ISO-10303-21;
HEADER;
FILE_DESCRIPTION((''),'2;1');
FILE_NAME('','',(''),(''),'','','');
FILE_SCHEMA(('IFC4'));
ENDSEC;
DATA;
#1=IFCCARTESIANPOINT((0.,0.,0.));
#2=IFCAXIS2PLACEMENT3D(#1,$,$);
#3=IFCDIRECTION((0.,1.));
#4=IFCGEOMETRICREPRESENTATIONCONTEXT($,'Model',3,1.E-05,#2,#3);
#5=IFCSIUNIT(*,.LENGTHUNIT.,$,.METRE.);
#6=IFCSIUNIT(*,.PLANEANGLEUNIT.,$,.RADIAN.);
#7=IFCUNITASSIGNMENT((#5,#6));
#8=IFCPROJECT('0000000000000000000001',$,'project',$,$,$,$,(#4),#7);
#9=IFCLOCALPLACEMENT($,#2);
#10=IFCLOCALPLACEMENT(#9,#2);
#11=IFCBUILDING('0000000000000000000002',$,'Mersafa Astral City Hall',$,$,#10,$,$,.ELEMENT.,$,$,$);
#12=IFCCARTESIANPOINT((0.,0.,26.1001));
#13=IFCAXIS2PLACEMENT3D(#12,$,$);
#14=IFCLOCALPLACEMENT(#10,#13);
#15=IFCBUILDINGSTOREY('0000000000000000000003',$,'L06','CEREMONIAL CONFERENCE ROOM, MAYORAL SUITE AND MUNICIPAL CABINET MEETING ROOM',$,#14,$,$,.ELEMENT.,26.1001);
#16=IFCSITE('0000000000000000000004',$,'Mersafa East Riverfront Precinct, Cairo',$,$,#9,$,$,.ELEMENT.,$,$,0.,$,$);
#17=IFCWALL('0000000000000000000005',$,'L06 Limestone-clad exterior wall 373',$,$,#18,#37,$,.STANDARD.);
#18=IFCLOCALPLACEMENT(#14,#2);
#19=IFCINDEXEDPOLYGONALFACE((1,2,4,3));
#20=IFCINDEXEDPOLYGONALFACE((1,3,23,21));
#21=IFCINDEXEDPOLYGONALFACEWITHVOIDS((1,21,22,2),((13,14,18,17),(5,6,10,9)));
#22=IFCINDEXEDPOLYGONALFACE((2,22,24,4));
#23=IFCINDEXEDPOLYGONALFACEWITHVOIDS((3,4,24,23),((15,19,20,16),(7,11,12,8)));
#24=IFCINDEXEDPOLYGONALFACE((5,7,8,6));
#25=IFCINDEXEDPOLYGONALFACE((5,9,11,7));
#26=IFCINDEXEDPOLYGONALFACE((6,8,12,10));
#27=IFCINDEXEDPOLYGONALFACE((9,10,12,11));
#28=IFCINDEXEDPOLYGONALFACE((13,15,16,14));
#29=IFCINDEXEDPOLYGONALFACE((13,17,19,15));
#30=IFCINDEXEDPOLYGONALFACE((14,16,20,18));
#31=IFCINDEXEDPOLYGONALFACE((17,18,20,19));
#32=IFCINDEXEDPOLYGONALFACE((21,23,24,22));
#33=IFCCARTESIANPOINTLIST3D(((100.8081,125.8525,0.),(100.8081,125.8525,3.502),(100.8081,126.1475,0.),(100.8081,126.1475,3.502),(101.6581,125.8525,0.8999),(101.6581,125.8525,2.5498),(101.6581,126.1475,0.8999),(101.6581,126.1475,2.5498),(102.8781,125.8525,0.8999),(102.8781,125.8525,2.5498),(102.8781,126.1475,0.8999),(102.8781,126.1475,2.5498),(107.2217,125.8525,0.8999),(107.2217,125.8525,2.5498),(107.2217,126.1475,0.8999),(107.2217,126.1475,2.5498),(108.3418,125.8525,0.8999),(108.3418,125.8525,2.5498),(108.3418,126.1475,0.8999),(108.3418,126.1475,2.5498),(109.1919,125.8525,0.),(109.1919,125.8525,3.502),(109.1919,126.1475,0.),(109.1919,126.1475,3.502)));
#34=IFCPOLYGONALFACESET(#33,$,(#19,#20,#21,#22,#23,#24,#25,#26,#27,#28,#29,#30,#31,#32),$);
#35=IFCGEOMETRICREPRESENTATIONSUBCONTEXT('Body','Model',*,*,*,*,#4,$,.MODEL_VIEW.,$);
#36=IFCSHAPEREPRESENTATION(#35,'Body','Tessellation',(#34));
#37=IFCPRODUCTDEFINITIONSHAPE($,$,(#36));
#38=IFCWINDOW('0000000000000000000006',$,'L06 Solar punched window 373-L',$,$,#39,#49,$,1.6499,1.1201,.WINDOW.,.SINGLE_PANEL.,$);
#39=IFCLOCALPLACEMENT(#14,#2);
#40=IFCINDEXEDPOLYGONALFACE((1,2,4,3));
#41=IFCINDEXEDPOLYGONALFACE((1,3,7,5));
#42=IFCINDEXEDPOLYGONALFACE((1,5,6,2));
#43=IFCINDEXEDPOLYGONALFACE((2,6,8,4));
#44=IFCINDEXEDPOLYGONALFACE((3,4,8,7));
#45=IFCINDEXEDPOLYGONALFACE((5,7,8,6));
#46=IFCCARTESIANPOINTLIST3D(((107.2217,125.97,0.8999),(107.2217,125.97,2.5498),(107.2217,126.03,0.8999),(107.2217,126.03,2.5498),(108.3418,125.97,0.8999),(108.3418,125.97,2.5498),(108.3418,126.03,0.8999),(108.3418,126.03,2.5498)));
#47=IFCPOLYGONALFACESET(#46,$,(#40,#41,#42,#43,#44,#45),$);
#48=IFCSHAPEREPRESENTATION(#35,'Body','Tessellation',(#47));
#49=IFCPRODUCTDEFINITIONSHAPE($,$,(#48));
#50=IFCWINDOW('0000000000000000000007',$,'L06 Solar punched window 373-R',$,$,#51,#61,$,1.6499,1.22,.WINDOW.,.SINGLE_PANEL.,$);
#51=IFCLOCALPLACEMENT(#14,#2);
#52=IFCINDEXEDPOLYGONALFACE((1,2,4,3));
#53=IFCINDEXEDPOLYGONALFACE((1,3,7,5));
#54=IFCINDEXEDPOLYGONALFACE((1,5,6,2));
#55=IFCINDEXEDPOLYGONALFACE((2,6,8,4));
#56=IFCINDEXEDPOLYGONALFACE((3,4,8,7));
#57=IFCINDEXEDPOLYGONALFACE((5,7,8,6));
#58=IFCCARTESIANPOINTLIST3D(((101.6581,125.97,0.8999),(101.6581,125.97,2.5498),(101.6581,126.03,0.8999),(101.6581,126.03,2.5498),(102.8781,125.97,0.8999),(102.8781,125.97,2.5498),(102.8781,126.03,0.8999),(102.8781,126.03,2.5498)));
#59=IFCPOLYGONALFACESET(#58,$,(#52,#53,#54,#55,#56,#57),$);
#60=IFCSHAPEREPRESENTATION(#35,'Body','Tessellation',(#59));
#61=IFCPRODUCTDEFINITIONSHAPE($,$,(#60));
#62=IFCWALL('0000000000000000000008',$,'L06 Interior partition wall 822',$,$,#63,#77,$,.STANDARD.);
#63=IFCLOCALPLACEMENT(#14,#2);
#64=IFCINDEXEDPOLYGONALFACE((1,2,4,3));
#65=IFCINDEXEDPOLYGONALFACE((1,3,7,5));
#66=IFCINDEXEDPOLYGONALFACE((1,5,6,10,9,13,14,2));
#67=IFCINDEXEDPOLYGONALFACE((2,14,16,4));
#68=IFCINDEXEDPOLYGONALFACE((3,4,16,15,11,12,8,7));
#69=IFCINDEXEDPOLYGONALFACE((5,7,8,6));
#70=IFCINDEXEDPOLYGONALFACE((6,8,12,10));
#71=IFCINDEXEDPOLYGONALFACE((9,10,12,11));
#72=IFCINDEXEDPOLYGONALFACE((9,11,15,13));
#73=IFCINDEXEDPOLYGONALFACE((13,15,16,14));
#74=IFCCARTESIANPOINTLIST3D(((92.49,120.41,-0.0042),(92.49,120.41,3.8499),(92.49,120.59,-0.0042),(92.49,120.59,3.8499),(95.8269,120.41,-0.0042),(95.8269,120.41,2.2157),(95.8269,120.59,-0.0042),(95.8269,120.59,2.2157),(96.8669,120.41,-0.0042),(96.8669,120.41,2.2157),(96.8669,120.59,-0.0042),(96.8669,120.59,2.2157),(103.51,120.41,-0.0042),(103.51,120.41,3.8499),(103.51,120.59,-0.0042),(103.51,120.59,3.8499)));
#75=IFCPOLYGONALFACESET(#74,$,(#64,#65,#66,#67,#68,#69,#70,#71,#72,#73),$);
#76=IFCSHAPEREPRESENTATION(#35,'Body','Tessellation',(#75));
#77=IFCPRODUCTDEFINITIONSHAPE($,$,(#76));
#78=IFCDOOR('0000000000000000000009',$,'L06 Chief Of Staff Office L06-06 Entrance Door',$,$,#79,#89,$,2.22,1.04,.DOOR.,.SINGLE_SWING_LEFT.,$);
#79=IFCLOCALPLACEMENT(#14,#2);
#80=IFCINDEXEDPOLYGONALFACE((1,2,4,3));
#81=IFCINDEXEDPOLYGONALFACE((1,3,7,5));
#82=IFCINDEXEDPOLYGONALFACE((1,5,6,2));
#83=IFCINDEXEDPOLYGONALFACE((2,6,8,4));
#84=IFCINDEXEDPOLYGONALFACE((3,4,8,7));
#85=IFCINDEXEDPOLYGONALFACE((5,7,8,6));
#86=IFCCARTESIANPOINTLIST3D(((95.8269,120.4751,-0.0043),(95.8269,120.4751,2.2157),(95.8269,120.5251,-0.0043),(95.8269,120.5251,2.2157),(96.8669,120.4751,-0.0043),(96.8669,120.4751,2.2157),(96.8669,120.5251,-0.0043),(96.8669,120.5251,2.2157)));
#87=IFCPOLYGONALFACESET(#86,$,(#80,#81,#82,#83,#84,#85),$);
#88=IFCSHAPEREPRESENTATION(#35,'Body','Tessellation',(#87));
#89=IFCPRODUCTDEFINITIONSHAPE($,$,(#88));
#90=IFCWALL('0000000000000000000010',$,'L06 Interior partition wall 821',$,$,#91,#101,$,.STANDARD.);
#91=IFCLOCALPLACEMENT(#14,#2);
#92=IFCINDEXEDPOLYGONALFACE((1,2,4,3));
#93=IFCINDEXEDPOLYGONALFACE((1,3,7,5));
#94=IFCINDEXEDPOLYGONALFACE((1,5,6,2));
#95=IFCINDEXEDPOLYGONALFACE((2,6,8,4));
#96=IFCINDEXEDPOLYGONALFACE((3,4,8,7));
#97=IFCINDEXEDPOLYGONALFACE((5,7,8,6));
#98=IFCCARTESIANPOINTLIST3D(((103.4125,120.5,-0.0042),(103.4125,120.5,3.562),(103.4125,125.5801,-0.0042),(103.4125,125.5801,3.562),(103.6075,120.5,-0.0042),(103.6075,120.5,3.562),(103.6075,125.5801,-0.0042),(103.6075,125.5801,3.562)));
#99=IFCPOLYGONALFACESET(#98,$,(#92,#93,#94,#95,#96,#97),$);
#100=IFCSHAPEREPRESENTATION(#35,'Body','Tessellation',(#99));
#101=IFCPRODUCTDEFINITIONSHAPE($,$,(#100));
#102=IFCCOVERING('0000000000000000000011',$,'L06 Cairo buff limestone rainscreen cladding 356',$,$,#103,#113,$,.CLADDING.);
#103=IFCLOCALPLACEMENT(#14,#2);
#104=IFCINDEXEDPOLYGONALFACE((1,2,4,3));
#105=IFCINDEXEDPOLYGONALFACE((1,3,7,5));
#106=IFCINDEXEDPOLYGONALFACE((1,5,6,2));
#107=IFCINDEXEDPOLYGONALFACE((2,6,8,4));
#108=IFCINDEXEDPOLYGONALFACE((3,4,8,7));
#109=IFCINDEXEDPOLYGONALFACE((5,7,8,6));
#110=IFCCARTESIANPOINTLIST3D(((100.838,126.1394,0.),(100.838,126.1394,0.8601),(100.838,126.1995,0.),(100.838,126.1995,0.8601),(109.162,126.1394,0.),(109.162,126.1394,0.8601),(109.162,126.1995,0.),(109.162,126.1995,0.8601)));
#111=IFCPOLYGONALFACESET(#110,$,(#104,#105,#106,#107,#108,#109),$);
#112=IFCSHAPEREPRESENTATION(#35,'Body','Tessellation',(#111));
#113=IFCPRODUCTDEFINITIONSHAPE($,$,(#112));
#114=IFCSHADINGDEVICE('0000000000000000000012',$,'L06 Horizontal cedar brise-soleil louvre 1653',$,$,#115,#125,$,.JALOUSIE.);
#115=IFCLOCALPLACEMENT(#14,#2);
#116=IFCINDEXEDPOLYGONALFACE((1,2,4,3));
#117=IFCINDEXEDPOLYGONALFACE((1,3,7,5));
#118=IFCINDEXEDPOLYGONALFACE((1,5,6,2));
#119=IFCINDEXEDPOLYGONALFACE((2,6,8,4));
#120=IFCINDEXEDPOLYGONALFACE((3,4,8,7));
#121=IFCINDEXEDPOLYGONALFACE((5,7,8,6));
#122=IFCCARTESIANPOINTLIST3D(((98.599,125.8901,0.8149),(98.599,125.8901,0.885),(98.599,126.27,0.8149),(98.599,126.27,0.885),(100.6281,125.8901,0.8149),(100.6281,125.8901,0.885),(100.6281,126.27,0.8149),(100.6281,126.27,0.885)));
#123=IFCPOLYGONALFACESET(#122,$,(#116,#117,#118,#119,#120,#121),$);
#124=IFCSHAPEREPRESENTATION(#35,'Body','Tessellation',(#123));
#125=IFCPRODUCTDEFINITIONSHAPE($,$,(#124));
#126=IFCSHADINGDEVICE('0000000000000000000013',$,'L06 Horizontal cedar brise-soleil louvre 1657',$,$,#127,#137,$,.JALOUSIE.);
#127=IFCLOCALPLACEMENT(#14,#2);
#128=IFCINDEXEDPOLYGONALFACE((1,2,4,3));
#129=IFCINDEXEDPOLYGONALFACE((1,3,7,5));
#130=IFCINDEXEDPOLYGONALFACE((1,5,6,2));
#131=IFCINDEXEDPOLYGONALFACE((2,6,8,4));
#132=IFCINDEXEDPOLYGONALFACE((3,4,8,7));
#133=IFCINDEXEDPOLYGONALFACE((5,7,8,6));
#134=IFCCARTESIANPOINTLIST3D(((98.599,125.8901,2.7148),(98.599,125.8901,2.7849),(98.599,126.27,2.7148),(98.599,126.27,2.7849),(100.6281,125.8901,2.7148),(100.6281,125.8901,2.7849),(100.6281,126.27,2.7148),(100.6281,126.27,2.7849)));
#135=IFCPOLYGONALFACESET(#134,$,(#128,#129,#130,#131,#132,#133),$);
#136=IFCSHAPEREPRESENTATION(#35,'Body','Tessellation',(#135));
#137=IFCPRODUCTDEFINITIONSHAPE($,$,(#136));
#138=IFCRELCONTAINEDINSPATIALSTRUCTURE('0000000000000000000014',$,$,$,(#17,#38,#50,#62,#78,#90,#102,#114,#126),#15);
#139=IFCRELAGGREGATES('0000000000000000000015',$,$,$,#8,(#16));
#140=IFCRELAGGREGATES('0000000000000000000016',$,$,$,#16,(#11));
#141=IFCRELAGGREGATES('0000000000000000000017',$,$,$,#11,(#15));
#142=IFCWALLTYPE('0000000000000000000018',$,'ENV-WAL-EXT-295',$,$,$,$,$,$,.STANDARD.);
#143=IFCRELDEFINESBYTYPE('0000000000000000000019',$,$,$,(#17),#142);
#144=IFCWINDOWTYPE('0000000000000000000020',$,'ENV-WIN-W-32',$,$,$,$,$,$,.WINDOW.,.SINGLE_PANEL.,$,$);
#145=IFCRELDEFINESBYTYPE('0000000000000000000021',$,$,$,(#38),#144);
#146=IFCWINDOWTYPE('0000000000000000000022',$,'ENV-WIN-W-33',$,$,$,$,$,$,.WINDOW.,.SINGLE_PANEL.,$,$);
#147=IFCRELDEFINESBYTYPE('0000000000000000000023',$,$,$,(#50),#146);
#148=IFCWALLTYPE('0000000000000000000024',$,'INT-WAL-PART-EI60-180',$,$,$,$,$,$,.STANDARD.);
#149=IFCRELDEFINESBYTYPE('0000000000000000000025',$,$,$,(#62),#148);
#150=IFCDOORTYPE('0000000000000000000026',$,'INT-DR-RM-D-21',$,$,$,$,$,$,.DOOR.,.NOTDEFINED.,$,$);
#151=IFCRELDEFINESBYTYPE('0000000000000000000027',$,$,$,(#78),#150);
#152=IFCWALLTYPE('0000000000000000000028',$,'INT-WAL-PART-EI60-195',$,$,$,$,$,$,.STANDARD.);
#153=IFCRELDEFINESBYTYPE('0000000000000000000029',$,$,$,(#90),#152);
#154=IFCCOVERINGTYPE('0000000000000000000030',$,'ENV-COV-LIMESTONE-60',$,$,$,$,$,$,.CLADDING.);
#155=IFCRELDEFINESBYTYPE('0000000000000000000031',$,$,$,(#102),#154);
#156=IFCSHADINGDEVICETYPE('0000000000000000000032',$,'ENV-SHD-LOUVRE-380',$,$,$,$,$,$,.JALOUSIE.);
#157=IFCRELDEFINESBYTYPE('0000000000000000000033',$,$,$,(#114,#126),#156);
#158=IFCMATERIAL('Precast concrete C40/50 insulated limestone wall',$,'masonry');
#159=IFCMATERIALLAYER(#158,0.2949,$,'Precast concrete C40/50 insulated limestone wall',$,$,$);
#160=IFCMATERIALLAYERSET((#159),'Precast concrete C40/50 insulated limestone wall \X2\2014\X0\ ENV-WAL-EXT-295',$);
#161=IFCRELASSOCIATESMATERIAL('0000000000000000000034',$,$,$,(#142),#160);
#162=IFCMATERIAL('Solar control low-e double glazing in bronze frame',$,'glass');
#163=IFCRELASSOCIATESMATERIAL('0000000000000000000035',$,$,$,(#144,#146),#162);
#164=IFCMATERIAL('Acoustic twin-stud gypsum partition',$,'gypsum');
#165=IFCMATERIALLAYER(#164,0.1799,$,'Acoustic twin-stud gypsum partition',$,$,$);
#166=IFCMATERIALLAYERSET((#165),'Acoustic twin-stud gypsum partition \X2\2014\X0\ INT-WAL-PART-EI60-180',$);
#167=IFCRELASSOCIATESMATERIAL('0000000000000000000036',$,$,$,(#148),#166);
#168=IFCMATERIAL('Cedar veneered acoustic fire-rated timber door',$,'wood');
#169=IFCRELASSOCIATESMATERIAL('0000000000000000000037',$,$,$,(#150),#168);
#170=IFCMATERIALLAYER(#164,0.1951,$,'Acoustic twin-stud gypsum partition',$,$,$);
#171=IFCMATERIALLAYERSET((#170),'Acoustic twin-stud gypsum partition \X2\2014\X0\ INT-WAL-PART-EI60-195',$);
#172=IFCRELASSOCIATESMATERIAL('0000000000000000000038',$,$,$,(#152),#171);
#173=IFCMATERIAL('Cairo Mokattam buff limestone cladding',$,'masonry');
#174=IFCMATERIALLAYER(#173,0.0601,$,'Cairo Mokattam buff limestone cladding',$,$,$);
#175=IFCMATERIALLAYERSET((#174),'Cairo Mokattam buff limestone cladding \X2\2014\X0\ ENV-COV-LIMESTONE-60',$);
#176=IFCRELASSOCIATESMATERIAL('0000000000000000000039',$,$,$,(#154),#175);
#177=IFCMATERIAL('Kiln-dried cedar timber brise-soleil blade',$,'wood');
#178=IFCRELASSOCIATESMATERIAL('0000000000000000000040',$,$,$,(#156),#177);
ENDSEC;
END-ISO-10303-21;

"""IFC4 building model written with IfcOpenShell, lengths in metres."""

from ifc_helpers import new_model, si_unit, direction, frame, frame_2d, origin, origin_2d, place, context, subcontext, project, spatial, rectangle, extrude, material, layer, layer_set, type_object, element, fill, save


model = new_model("IFC4")

# Units and contexts
model_context = context("Model", 3, precision=1e-05, world=origin(), true_north=direction((0.0, 1.0)))
body_context = subcontext(model_context, "Body", "Model", "MODEL_VIEW")
ifc_project = project(units=[si_unit("LENGTHUNIT", "METRE"), si_unit("PLANEANGLEUNIT", "RADIAN")], contexts=[model_context])

# Site, building, storey
site_placement = place(None, origin())
site = spatial("IfcSite", under=ifc_project, at=site_placement, Name="Mersafa East Riverfront Precinct, Cairo", CompositionType="ELEMENT", RefElevation=0.0)
building_placement = place(site_placement, origin())
building = spatial("IfcBuilding", under=site, at=building_placement, Name="Mersafa Astral City Hall", CompositionType="ELEMENT")
storey_placement = place(building_placement, frame((0.0, 0.0, 26.1001)))
storey = spatial("IfcBuildingStorey", under=building, at=storey_placement, Name="L06", Description="CEREMONIAL CONFERENCE ROOM, MAYORAL SUITE AND MUNICIPAL CABINET MEETING ROOM", CompositionType="ELEMENT", Elevation=26.1001)

# Wall, openings, windows
ifc_material_1 = material(Name="Precast concrete C40/50 insulated limestone wall", Category="masonry")
ifc_layer_1 = layer(ifc_material_1, 0.2949, Name="Precast concrete C40/50 insulated limestone wall")
ifc_layer_set_1 = layer_set([ifc_layer_1], Name="Precast concrete C40/50 insulated limestone wall — ENV-WAL-EXT-295")
wall_type_1 = type_object("IfcWallType", Name="ENV-WAL-EXT-295", PredefinedType="STANDARD", material=ifc_layer_set_1)
wall_1_placement = place(storey_placement, frame((109.1919, 126.0, 0.0), z_axis=(0.0, 0.0, 1.0), x_axis=(-1.0, 0.0, 0.0)))
wall_1 = element("IfcWall", 1, at=wall_1_placement, inside=storey, type_object=wall_type_1, Name="L06 Limestone-clad exterior wall 373", PredefinedType="STANDARD", context=body_context, shape_type="SweptSolid", body=[
    extrude(rectangle(XDim=8.3838, YDim=0.2949, at=frame_2d((4.1919, 0.0))), origin(), (0.0, 0.0, 1.0), 3.502),
])
opening_1_placement = place(wall_1_placement, frame((0.8501, 0.0, 0.8999)))
opening_1 = element("IfcOpeningElement", 2, at=opening_1_placement, cuts=wall_1, PredefinedType="OPENING", context=body_context, shape_type="SweptSolid", body=[
    extrude(rectangle(XDim=1.1201, YDim=1.6499, at=frame_2d((0.5601, 0.825))), frame((0.0, 0.1575, 0.0), z_axis=(0.0, -1.0, 0.0), x_axis=(1.0, 0.0, 0.0)), (0.0, 0.0, 1.0), 0.3149),
])
opening_2_placement = place(wall_1_placement, frame((6.314, 0.0, 0.8999)))
opening_2 = element("IfcOpeningElement", 3, at=opening_2_placement, cuts=wall_1, PredefinedType="OPENING", context=body_context, shape_type="SweptSolid", body=[
    extrude(rectangle(XDim=1.22, YDim=1.6499, at=frame_2d((0.6099, 0.825))), frame((0.0, 0.1575, 0.0), z_axis=(0.0, -1.0, 0.0), x_axis=(1.0, 0.0, 0.0)), (0.0, 0.0, 1.0), 0.3149),
])
ifc_material_2 = material(Name="Solar control low-e double glazing in bronze frame", Category="glass")
window_type_1 = type_object("IfcWindowType", Name="ENV-WIN-W-32", PartitioningType="SINGLE_PANEL", PredefinedType="WINDOW", material=ifc_material_2)
window_1_placement = place(opening_1_placement, origin())
window_1 = element("IfcWindow", 4, at=window_1_placement, inside=storey, type_object=window_type_1, Name="L06 Solar punched window 373-L", OverallHeight=1.6499, OverallWidth=1.1201, PartitioningType="SINGLE_PANEL", PredefinedType="WINDOW", context=body_context, shape_type="SweptSolid", body=[
    extrude(rectangle(XDim=1.1201, YDim=1.6499, at=frame_2d((0.5601, 0.825))), frame((0.0, 0.03, 0.0), z_axis=(0.0, -1.0, 0.0), x_axis=(1.0, 0.0, 0.0)), (0.0, 0.0, 1.0), 0.0601),
])
fill(opening_1, window_1)
window_type_2 = type_object("IfcWindowType", Name="ENV-WIN-W-33", PartitioningType="SINGLE_PANEL", PredefinedType="WINDOW", material=ifc_material_2)
window_2_placement = place(opening_2_placement, origin())
window_2 = element("IfcWindow", 5, at=window_2_placement, inside=storey, type_object=window_type_2, Name="L06 Solar punched window 373-R", OverallHeight=1.6499, OverallWidth=1.22, PartitioningType="SINGLE_PANEL", PredefinedType="WINDOW", context=body_context, shape_type="SweptSolid", body=[
    extrude(rectangle(XDim=1.22, YDim=1.6499, at=frame_2d((0.6099, 0.825))), frame((0.0, 0.03, 0.0), z_axis=(0.0, -1.0, 0.0), x_axis=(1.0, 0.0, 0.0)), (0.0, 0.0, 1.0), 0.0601),
])
fill(opening_2, window_2)

# Wall, opening, door
ifc_material_3 = material(Name="Acoustic twin-stud gypsum partition", Category="gypsum")
ifc_layer_2 = layer(ifc_material_3, 0.1799, Name="Acoustic twin-stud gypsum partition")
ifc_layer_set_2 = layer_set([ifc_layer_2], Name="Acoustic twin-stud gypsum partition — INT-WAL-PART-EI60-180")
wall_type_2 = type_object("IfcWallType", Name="INT-WAL-PART-EI60-180", PredefinedType="STANDARD", material=ifc_layer_set_2)
wall_2_placement = place(storey_placement, frame((103.51, 120.5, -0.0042), z_axis=(0.0, 0.0, 1.0), x_axis=(-1.0, 0.0, 0.0)))
wall_2 = element("IfcWall", 6, at=wall_2_placement, inside=storey, type_object=wall_type_2, Name="L06 Interior partition wall 822", PredefinedType="STANDARD", context=body_context, shape_type="SweptSolid", body=[
    extrude(rectangle(XDim=11.02, YDim=0.1799, at=frame_2d((5.51, 0.0))), origin(), (0.0, 0.0, 1.0), 3.854),
])
opening_3_placement = place(wall_2_placement, frame((6.6431, 0.0, 0.0)))
opening_3 = element("IfcOpeningElement", 7, at=opening_3_placement, cuts=wall_2, PredefinedType="OPENING", context=body_context, shape_type="SweptSolid", body=[
    extrude(rectangle(XDim=1.04, YDim=2.22, at=frame_2d((0.52, 1.1099))), frame((0.0, 0.0999, 0.0), z_axis=(0.0, -1.0, 0.0), x_axis=(1.0, 0.0, 0.0)), (0.0, 0.0, 1.0), 0.2),
])
ifc_material_4 = material(Name="Cedar veneered acoustic fire-rated timber door", Category="wood")
door_type = type_object("IfcDoorType", Name="INT-DR-RM-D-21", OperationType="NOTDEFINED", PredefinedType="DOOR", material=ifc_material_4)
door_placement = place(opening_3_placement, origin())
door = element("IfcDoor", 8, at=door_placement, inside=storey, type_object=door_type, Name="L06 Chief Of Staff Office L06-06 Entrance Door", OperationType="SINGLE_SWING_LEFT", OverallHeight=2.22, OverallWidth=1.04, PredefinedType="DOOR", context=body_context, shape_type="SweptSolid", body=[
    extrude(rectangle(XDim=1.04, YDim=2.22, at=frame_2d((0.52, 1.1099))), frame((0.0, 0.0249, 0.0), z_axis=(0.0, -1.0, 0.0), x_axis=(1.0, 0.0, 0.0)), (0.0, 0.0, 1.0), 0.05),
])
fill(opening_3, door)

# Wall
ifc_layer_3 = layer(ifc_material_3, 0.1951, Name="Acoustic twin-stud gypsum partition")
ifc_layer_set_3 = layer_set([ifc_layer_3], Name="Acoustic twin-stud gypsum partition — INT-WAL-PART-EI60-195")
wall_type_3 = type_object("IfcWallType", Name="INT-WAL-PART-EI60-195", PredefinedType="STANDARD", material=ifc_layer_set_3)
wall_3_placement = place(storey_placement, frame((103.51, 125.5801, -0.0042), z_axis=(0.0, 0.0, 1.0), x_axis=(0.0, -1.0, 0.0)))
element("IfcWall", 9, at=wall_3_placement, inside=storey, type_object=wall_type_3, Name="L06 Interior partition wall 821", PredefinedType="STANDARD", context=body_context, shape_type="SweptSolid", body=[
    extrude(rectangle(XDim=5.0801, YDim=0.1951, at=frame_2d((2.54, 0.0))), origin(), (0.0, 0.0, 1.0), 3.5662),
])

# Covering
ifc_material_5 = material(Name="Cairo Mokattam buff limestone cladding", Category="masonry")
ifc_layer_4 = layer(ifc_material_5, 0.0601, Name="Cairo Mokattam buff limestone cladding")
ifc_layer_set_4 = layer_set([ifc_layer_4], Name="Cairo Mokattam buff limestone cladding — ENV-COV-LIMESTONE-60")
covering_type = type_object("IfcCoveringType", Name="ENV-COV-LIMESTONE-60", PredefinedType="CLADDING", material=ifc_layer_set_4)
covering_placement = place(storey_placement, frame((105.0, 126.1694, 0.0), z_axis=(0.0, 0.0, 1.0), x_axis=(-1.0, 0.0, 0.0)))
element("IfcCovering", 10, at=covering_placement, inside=storey, type_object=covering_type, Name="L06 Cairo buff limestone rainscreen cladding 356", PredefinedType="CLADDING", context=body_context, shape_type="SweptSolid", body=[
    extrude(rectangle(XDim=8.324, YDim=0.0601, at=origin_2d()), origin(), (0.0, 0.0, 1.0), 0.8601),
])

# Shading devices
ifc_material_6 = material(Name="Kiln-dried cedar timber brise-soleil blade", Category="wood")
shading_device_type = type_object("IfcShadingDeviceType", Name="ENV-SHD-LOUVRE-380", PredefinedType="JALOUSIE", material=ifc_material_6)
for number, where, z_axis, x_axis, name in (
    (11, (99.6135, 126.0801, 0.8149), (0.0, 0.0, 1.0), (-1.0, 0.0, 0.0), "L06 Horizontal cedar brise-soleil louvre 1653"),
    (12, (99.6135, 126.0801, 2.7148), (0.0, 0.0, 1.0), (-1.0, 0.0, 0.0), "L06 Horizontal cedar brise-soleil louvre 1657"),
):
    element("IfcShadingDevice", number, at=place(storey_placement, frame(where, z_axis=z_axis, x_axis=x_axis)), inside=storey, type_object=shading_device_type, Name=name, PredefinedType="JALOUSIE", context=body_context, shape_type="SweptSolid", body=[
        extrude(rectangle(XDim=2.0291, YDim=0.3799, at=origin_2d()), origin(), (0.0, 0.0, 1.0), 0.0701),
    ])

save(model, "model.ifc")
